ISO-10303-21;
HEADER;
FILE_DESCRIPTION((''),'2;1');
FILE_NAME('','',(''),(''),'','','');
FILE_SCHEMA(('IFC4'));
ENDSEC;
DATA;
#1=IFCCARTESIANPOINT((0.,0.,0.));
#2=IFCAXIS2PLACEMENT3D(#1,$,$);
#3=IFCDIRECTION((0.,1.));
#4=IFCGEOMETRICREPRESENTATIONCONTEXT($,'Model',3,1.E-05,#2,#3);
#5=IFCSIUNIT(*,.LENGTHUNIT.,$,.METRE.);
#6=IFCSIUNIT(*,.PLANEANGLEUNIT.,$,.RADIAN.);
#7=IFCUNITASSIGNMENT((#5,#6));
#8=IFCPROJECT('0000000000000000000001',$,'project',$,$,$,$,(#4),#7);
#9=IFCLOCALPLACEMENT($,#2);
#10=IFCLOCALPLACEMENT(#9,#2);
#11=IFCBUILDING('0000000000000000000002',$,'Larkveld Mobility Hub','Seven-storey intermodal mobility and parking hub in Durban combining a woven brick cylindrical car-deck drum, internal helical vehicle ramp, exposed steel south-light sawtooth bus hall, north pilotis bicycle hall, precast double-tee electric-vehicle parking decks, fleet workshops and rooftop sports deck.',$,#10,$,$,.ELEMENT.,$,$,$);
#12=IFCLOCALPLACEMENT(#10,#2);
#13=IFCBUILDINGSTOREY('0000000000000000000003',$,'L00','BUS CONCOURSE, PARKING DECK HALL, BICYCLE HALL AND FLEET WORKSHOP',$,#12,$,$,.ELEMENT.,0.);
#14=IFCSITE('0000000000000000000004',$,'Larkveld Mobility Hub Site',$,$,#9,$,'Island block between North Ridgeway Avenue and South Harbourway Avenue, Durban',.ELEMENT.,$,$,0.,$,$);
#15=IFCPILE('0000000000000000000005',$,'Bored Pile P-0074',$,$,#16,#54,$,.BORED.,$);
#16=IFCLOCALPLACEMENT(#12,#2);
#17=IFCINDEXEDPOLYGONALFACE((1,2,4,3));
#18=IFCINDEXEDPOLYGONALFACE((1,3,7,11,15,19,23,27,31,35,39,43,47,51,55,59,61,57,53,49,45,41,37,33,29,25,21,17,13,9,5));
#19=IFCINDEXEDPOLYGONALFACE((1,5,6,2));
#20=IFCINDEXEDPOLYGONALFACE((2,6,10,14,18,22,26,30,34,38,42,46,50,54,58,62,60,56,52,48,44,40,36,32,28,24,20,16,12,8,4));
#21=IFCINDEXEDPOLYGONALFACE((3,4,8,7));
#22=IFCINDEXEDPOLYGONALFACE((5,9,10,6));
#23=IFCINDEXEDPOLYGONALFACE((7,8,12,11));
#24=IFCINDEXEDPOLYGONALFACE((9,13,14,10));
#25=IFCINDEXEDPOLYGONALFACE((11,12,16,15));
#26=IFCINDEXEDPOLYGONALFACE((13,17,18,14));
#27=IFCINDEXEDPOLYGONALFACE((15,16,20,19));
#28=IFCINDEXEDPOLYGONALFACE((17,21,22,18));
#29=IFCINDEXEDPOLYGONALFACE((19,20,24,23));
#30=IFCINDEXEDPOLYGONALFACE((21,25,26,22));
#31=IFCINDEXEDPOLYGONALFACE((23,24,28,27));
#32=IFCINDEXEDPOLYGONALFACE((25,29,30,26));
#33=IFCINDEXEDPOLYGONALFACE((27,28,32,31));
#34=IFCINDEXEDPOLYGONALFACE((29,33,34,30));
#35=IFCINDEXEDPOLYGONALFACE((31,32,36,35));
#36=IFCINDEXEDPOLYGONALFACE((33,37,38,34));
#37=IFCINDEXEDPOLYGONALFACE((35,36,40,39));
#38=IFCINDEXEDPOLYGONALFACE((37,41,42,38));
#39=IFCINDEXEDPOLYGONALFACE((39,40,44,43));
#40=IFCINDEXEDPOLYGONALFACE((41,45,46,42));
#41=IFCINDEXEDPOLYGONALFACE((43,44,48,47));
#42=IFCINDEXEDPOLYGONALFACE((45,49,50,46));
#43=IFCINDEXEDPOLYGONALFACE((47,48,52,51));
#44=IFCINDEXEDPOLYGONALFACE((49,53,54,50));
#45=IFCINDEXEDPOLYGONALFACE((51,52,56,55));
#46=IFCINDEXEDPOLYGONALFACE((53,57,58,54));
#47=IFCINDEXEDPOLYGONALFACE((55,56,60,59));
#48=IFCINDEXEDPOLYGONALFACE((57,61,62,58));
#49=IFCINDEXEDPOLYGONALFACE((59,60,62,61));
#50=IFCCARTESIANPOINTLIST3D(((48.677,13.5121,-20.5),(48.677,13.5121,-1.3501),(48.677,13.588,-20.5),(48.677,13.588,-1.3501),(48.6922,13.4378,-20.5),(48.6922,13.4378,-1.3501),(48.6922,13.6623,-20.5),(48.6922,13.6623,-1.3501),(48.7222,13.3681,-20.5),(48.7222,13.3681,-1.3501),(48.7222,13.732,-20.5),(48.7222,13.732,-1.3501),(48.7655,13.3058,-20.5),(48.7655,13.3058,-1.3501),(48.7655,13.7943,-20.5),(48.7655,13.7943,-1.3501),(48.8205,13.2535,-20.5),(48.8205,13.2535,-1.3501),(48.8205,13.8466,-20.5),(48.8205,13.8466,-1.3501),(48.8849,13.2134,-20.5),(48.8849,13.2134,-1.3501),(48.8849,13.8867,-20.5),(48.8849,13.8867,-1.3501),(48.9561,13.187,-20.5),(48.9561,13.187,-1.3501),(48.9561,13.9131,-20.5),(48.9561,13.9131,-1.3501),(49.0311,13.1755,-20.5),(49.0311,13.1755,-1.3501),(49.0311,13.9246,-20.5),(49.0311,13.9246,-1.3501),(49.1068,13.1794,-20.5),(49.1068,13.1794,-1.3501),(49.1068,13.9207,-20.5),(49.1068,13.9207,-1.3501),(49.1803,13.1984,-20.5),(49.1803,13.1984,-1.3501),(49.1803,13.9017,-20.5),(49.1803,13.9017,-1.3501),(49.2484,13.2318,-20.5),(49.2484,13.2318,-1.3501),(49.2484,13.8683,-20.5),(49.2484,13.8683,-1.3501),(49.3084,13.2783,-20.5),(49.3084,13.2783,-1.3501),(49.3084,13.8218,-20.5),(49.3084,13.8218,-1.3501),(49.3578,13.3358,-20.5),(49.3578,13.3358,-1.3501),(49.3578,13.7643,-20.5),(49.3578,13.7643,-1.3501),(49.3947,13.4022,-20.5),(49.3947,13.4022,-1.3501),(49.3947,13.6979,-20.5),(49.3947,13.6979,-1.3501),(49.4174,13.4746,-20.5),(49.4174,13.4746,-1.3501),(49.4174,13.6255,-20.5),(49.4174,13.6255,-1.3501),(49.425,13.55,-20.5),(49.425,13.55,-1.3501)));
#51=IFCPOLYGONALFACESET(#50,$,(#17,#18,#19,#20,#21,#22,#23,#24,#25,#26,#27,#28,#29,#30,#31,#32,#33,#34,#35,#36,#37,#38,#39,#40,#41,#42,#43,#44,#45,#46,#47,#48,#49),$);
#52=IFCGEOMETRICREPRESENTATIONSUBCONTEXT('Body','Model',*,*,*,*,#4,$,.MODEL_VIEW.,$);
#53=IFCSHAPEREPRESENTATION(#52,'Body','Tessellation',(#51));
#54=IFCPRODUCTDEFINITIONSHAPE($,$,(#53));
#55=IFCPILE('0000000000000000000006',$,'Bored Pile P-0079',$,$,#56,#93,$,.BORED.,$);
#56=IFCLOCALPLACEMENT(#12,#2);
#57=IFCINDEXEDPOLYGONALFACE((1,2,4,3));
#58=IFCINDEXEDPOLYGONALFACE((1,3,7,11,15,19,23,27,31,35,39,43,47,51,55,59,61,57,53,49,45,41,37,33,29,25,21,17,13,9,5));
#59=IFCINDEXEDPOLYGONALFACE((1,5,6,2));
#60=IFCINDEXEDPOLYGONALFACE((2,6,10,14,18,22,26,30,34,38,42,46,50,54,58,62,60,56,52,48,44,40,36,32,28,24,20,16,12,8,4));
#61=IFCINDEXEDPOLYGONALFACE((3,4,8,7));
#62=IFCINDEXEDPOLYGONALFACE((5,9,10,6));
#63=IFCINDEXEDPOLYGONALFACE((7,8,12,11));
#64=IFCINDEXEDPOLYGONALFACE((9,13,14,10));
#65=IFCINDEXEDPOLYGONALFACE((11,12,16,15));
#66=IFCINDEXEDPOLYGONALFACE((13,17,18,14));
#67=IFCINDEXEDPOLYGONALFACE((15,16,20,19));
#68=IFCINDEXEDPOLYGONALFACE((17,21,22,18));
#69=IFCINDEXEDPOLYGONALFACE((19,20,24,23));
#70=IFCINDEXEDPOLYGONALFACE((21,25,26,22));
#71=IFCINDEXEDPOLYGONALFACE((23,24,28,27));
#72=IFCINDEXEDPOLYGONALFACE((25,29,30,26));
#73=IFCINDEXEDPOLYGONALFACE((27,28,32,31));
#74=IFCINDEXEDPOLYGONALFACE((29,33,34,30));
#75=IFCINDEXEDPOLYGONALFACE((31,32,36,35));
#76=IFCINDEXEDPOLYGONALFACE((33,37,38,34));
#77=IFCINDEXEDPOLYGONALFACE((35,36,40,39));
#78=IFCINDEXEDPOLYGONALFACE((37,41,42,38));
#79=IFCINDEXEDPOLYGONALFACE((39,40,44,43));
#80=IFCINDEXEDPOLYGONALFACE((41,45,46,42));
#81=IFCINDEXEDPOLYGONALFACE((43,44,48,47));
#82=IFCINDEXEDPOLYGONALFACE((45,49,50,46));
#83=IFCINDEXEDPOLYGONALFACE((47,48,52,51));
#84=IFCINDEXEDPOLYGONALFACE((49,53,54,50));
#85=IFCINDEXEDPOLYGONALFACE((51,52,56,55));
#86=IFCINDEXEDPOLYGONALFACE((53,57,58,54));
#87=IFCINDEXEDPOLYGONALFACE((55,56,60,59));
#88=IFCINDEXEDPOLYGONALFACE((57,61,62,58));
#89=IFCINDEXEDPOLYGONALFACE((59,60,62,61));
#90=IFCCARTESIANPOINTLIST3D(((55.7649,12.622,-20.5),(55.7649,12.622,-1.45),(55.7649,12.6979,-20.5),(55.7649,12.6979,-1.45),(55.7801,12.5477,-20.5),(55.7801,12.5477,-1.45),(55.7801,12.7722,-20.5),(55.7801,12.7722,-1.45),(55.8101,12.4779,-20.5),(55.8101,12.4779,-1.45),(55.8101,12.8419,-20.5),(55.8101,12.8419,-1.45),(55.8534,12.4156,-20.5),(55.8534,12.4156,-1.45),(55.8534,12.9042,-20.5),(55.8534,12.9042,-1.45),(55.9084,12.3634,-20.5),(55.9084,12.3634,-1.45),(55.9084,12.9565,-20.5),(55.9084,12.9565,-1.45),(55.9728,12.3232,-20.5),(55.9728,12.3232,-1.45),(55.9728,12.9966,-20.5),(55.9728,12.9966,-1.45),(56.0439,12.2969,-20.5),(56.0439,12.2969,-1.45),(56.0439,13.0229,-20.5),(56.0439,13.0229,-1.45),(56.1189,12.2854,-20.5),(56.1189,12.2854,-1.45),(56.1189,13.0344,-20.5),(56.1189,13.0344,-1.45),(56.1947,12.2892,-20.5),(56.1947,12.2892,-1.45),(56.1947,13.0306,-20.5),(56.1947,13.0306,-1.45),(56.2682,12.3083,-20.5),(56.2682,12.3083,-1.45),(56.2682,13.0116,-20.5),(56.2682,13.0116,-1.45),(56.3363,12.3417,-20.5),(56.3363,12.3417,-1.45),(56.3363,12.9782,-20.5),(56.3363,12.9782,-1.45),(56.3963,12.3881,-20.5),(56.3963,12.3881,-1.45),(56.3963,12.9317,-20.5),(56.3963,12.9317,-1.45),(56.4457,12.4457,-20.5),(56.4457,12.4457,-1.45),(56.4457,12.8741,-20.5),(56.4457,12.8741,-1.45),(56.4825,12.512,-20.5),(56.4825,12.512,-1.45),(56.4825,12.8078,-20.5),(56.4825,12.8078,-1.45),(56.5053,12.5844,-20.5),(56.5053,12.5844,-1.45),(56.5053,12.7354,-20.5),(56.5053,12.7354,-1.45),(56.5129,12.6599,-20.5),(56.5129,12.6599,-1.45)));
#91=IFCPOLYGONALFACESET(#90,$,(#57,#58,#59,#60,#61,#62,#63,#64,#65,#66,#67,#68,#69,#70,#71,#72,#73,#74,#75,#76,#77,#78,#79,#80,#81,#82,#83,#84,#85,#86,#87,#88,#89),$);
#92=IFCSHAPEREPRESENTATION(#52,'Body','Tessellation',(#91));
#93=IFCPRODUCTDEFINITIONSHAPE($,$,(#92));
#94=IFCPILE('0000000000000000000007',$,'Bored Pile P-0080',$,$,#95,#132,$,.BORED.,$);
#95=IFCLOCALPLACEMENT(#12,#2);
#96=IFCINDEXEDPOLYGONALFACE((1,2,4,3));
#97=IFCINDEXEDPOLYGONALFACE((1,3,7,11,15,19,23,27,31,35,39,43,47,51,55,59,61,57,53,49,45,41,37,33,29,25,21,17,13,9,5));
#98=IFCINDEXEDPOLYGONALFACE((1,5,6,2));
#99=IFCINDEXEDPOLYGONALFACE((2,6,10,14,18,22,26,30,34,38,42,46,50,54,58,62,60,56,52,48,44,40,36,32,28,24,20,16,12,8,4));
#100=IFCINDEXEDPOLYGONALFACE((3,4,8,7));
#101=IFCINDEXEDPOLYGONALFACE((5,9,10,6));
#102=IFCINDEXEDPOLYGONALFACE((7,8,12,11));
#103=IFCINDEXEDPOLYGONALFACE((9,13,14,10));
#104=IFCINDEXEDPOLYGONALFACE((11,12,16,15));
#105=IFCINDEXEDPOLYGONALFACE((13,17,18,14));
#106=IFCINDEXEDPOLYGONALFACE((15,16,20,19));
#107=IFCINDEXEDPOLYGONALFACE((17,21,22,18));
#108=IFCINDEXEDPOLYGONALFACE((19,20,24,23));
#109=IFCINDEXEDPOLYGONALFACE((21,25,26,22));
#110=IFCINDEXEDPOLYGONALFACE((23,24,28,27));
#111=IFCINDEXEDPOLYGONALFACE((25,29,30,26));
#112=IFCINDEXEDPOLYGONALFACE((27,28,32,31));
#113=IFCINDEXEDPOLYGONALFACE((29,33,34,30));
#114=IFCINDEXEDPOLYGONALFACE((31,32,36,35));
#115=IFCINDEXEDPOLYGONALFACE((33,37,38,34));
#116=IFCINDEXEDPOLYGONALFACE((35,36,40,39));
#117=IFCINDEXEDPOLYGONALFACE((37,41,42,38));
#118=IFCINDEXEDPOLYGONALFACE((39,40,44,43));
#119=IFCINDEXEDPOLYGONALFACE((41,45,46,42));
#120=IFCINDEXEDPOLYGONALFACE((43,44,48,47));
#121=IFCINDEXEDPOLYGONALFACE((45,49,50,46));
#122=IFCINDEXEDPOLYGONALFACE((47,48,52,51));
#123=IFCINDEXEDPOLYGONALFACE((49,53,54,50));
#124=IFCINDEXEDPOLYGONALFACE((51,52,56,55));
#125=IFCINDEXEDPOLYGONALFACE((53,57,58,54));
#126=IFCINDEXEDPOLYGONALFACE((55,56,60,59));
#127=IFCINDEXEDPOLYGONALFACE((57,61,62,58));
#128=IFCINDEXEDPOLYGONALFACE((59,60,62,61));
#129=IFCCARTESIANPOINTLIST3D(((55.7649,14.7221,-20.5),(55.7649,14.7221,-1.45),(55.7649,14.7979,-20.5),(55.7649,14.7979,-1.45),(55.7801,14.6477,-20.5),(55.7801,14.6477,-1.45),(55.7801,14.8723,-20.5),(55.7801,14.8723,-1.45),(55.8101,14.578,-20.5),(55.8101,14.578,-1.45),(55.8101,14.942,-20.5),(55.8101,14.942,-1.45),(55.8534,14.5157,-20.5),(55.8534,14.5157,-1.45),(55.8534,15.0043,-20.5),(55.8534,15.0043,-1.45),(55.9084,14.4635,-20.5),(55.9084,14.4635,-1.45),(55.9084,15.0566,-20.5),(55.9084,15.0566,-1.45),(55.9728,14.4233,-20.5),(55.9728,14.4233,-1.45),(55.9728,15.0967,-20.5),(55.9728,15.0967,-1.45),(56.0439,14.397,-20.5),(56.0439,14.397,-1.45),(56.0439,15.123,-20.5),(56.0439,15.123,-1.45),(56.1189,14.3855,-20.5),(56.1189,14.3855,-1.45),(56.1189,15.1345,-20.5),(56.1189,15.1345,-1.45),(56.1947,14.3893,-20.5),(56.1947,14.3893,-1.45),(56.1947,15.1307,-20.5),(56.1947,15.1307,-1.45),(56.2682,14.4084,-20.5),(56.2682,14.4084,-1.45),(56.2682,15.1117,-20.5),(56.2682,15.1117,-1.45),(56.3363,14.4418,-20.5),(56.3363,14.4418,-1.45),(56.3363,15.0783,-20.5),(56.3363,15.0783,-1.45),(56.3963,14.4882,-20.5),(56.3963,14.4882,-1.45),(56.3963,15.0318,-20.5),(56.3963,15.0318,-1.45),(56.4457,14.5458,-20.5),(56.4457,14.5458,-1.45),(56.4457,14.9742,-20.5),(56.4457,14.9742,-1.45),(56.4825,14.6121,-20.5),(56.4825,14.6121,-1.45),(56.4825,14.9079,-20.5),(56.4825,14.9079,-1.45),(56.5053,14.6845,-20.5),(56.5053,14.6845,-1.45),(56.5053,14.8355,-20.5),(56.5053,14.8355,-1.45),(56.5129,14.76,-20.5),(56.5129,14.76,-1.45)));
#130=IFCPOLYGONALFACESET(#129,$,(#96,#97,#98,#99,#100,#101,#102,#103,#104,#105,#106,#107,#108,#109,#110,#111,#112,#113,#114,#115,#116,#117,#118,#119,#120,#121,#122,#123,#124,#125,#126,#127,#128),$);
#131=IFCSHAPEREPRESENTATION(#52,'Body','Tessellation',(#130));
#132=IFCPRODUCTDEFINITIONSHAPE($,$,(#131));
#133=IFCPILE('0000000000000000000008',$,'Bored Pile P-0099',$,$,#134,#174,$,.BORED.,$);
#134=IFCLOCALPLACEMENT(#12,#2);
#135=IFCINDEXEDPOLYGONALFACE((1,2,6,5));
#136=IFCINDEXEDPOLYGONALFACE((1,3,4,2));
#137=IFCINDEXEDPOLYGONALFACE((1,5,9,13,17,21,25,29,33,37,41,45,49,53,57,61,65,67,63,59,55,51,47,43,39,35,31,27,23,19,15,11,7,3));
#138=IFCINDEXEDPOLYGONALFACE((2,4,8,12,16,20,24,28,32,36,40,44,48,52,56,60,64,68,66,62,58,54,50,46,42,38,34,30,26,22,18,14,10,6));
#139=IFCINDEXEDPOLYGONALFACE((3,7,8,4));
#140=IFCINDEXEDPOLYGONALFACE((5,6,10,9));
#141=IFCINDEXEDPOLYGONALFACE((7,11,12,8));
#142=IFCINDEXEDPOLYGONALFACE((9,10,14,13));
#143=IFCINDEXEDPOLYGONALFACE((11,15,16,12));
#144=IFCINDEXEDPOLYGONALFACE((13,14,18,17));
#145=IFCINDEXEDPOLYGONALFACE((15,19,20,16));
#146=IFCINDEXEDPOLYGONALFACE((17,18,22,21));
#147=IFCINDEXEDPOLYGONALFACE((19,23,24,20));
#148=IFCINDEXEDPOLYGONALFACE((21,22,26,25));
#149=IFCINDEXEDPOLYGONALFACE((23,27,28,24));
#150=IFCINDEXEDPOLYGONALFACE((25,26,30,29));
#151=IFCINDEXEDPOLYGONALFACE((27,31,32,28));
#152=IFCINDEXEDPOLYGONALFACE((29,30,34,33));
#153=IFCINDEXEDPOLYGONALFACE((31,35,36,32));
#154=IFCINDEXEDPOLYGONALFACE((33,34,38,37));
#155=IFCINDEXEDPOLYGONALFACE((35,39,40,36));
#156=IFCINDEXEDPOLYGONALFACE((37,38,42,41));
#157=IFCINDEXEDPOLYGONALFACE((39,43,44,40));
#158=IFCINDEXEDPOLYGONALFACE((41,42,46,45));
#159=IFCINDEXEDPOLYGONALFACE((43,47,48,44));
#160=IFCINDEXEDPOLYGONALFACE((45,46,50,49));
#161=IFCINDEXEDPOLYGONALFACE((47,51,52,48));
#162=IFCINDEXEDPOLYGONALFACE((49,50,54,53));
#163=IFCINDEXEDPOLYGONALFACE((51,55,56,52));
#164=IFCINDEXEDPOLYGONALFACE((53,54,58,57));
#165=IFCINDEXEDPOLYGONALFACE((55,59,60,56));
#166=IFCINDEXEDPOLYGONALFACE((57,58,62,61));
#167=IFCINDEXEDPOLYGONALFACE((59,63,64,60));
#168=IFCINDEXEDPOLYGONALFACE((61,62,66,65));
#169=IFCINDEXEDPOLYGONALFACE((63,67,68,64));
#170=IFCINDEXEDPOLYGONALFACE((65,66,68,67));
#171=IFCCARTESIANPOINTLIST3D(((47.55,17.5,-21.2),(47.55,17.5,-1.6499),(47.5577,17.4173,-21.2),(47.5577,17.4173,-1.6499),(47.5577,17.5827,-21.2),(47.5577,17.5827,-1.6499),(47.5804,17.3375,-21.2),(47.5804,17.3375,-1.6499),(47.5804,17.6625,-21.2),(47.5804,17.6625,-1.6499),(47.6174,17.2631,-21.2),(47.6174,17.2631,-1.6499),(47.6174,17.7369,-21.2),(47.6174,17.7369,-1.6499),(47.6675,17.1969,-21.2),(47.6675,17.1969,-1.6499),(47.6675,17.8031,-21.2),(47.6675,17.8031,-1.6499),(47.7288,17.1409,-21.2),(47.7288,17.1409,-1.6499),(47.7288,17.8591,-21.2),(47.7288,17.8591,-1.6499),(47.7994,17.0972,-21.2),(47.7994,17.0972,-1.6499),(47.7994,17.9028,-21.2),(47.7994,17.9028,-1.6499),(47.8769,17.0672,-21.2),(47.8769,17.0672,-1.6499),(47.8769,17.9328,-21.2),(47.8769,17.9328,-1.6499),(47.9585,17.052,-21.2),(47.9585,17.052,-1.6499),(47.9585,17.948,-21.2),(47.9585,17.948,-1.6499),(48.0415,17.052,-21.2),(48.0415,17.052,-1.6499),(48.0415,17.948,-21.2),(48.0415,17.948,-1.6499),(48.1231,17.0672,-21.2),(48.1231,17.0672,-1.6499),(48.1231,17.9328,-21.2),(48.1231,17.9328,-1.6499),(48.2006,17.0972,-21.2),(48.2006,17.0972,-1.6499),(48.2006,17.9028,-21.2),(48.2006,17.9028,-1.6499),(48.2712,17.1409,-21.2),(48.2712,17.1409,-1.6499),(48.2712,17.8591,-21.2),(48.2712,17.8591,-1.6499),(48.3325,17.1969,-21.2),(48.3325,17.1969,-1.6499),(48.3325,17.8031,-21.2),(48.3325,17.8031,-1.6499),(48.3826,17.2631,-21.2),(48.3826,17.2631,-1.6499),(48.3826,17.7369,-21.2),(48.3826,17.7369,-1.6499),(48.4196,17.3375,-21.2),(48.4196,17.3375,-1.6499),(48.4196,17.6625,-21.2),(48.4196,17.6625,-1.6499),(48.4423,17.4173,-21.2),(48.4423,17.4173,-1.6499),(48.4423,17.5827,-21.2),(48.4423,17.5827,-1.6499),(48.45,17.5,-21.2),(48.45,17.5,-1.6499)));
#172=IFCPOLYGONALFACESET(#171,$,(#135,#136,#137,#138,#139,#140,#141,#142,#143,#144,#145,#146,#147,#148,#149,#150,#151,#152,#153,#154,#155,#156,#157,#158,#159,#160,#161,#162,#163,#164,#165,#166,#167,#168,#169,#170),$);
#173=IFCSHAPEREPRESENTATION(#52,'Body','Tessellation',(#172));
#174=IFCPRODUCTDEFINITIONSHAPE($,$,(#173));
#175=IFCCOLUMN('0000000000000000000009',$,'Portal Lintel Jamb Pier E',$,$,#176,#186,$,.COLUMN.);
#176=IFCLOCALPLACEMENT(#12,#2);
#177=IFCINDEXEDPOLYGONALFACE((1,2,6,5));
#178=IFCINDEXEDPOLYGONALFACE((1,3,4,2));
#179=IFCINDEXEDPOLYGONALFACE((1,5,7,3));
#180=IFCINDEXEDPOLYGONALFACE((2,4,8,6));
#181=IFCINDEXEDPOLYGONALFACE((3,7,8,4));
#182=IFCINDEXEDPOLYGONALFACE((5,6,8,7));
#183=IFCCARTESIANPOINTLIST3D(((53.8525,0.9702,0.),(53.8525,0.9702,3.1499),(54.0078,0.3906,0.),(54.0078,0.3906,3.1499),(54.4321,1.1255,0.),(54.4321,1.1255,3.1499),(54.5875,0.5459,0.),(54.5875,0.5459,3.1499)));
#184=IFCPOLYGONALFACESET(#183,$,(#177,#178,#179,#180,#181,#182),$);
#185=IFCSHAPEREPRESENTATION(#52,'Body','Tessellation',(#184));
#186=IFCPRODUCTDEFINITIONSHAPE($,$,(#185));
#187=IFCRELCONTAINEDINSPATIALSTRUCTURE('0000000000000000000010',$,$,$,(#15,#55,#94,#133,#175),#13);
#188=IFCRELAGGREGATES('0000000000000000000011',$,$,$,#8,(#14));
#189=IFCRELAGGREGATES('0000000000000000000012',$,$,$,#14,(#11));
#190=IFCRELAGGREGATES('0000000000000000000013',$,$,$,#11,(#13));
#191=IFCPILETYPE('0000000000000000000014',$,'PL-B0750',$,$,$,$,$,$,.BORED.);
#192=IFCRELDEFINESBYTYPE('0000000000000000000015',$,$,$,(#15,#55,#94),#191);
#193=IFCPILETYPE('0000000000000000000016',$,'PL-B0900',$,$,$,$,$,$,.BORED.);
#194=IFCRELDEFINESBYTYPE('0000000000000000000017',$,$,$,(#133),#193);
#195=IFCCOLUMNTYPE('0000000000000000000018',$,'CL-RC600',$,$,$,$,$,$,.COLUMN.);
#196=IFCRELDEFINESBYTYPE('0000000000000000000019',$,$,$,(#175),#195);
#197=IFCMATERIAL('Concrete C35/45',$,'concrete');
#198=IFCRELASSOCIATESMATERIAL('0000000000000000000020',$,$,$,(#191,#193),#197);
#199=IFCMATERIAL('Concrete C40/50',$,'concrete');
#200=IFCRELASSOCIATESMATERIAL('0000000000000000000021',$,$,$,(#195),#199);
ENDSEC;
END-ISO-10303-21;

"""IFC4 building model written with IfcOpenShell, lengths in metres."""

from ifc_helpers import new_model, si_unit, direction, frame, origin, origin_2d, place, context, subcontext, project, spatial, rectangle, circle, extrude, material, material_profile, profile_set, type_object, element, save


model = new_model("IFC4")

# Units and contexts
model_context = context("Model", 3, precision=1e-05, world=origin(), true_north=direction((0.0, 1.0)))
body_context = subcontext(model_context, "Body", "Model", "MODEL_VIEW")
ifc_project = project(units=[si_unit("LENGTHUNIT", "METRE"), si_unit("PLANEANGLEUNIT", "RADIAN")], contexts=[model_context])

# Site, building, storey
site_placement = place(None, origin())
site = spatial("IfcSite", under=ifc_project, at=site_placement, Name="Larkveld Mobility Hub Site", LongName="Island block between North Ridgeway Avenue and South Harbourway Avenue, Durban", CompositionType="ELEMENT", RefElevation=0.0)
building_placement = place(site_placement, origin())
building = spatial("IfcBuilding", under=site, at=building_placement, Name="Larkveld Mobility Hub", Description="Seven-storey intermodal mobility and parking hub in Durban combining a woven brick cylindrical car-deck drum, internal helical vehicle ramp, exposed steel south-light sawtooth bus hall, north pilotis bicycle hall, precast double-tee electric-vehicle parking decks, fleet workshops and rooftop sports deck.", CompositionType="ELEMENT")
storey_placement = place(building_placement, origin())
storey = spatial("IfcBuildingStorey", under=building, at=storey_placement, Name="L00", Description="BUS CONCOURSE, PARKING DECK HALL, BICYCLE HALL AND FLEET WORKSHOP", CompositionType="ELEMENT", Elevation=0.0)

# Shared definitions
ifc_material_1 = material(Name="Concrete C35/45", Category="concrete")

# Piles
ifc_material_profile_1 = material_profile(ifc_material_1, circle(Radius=0.375, at=origin_2d()), Name="PILE D750")
ifc_profile_set_1 = profile_set([ifc_material_profile_1], Name="Concrete C35/45")
pile_type_1 = type_object("IfcPileType", Name="PL-B0750", PredefinedType="BORED", material=ifc_profile_set_1)
for number, where, z_axis, x_axis, name in (
    (1, (49.05, 13.55, -1.3501), (0.0, 0.0, -1.0), (1.0, 0.0, 0.0), "Bored Pile P-0074"),
):
    element("IfcPile", number, at=place(storey_placement, frame(where, z_axis=z_axis, x_axis=x_axis)), inside=storey, type_object=pile_type_1, Name=name, PredefinedType="BORED", context=body_context, shape_type="SweptSolid", body=[
        extrude(circle(Radius=0.375, at=origin_2d()), origin(), (0.0, 0.0, 1.0), 19.1499),
    ])
for number, where, z_axis, x_axis, name in (
    (2, (56.1379, 12.6599, -1.45), (0.0, 0.0, -1.0), (1.0, 0.0, 0.0), "Bored Pile P-0079"),
    (3, (56.1379, 14.76, -1.45), (0.0, 0.0, -1.0), (1.0, 0.0, 0.0), "Bored Pile P-0080"),
):
    element("IfcPile", number, at=place(storey_placement, frame(where, z_axis=z_axis, x_axis=x_axis)), inside=storey, type_object=pile_type_1, Name=name, PredefinedType="BORED", context=body_context, shape_type="SweptSolid", body=[
        extrude(circle(Radius=0.375, at=origin_2d()), origin(), (0.0, 0.0, 1.0), 19.05),
    ])
ifc_material_profile_2 = material_profile(ifc_material_1, circle(Radius=0.45, at=origin_2d()), Name="PILE D900")
ifc_profile_set_2 = profile_set([ifc_material_profile_2], Name="Concrete C35/45")
pile_type_2 = type_object("IfcPileType", Name="PL-B0900", PredefinedType="BORED", material=ifc_profile_set_2)
pile_placement = place(storey_placement, frame((48.0, 17.5, -1.6499), z_axis=(0.0, 0.0, -1.0), x_axis=(1.0, 0.0, 0.0)))
element("IfcPile", 4, at=pile_placement, inside=storey, type_object=pile_type_2, Name="Bored Pile P-0099", PredefinedType="BORED", context=body_context, shape_type="SweptSolid", body=[
    extrude(circle(Radius=0.45, at=origin_2d()), origin(), (0.0, 0.0, 1.0), 19.55),
])

# Column
ifc_material_2 = material(Name="Concrete C40/50", Category="concrete")
ifc_material_profile_3 = material_profile(ifc_material_2, rectangle(XDim=0.6001, YDim=0.6001, at=origin_2d()), Name="RC COL 600x600")
ifc_profile_set_3 = profile_set([ifc_material_profile_3], Name="Concrete C40/50")
column_type_1 = type_object("IfcColumnType", Name="CL-RC600", PredefinedType="COLUMN", material=ifc_profile_set_3)
column_1_placement = place(storey_placement, frame((54.22, 0.7581, 0.0), z_axis=(0.0, 0.0, 1.0), x_axis=(-0.258819, 0.965926, 0.0)))
element("IfcColumn", 5, at=column_1_placement, inside=storey, type_object=column_type_1, Name="Portal Lintel Jamb Pier E", PredefinedType="COLUMN", context=body_context, shape_type="SweptSolid", body=[
    extrude(rectangle(XDim=0.6001, YDim=0.6001, at=origin_2d()), origin(), (0.0, 0.0, 1.0), 3.1499),
])

save(model, "model.ifc")
